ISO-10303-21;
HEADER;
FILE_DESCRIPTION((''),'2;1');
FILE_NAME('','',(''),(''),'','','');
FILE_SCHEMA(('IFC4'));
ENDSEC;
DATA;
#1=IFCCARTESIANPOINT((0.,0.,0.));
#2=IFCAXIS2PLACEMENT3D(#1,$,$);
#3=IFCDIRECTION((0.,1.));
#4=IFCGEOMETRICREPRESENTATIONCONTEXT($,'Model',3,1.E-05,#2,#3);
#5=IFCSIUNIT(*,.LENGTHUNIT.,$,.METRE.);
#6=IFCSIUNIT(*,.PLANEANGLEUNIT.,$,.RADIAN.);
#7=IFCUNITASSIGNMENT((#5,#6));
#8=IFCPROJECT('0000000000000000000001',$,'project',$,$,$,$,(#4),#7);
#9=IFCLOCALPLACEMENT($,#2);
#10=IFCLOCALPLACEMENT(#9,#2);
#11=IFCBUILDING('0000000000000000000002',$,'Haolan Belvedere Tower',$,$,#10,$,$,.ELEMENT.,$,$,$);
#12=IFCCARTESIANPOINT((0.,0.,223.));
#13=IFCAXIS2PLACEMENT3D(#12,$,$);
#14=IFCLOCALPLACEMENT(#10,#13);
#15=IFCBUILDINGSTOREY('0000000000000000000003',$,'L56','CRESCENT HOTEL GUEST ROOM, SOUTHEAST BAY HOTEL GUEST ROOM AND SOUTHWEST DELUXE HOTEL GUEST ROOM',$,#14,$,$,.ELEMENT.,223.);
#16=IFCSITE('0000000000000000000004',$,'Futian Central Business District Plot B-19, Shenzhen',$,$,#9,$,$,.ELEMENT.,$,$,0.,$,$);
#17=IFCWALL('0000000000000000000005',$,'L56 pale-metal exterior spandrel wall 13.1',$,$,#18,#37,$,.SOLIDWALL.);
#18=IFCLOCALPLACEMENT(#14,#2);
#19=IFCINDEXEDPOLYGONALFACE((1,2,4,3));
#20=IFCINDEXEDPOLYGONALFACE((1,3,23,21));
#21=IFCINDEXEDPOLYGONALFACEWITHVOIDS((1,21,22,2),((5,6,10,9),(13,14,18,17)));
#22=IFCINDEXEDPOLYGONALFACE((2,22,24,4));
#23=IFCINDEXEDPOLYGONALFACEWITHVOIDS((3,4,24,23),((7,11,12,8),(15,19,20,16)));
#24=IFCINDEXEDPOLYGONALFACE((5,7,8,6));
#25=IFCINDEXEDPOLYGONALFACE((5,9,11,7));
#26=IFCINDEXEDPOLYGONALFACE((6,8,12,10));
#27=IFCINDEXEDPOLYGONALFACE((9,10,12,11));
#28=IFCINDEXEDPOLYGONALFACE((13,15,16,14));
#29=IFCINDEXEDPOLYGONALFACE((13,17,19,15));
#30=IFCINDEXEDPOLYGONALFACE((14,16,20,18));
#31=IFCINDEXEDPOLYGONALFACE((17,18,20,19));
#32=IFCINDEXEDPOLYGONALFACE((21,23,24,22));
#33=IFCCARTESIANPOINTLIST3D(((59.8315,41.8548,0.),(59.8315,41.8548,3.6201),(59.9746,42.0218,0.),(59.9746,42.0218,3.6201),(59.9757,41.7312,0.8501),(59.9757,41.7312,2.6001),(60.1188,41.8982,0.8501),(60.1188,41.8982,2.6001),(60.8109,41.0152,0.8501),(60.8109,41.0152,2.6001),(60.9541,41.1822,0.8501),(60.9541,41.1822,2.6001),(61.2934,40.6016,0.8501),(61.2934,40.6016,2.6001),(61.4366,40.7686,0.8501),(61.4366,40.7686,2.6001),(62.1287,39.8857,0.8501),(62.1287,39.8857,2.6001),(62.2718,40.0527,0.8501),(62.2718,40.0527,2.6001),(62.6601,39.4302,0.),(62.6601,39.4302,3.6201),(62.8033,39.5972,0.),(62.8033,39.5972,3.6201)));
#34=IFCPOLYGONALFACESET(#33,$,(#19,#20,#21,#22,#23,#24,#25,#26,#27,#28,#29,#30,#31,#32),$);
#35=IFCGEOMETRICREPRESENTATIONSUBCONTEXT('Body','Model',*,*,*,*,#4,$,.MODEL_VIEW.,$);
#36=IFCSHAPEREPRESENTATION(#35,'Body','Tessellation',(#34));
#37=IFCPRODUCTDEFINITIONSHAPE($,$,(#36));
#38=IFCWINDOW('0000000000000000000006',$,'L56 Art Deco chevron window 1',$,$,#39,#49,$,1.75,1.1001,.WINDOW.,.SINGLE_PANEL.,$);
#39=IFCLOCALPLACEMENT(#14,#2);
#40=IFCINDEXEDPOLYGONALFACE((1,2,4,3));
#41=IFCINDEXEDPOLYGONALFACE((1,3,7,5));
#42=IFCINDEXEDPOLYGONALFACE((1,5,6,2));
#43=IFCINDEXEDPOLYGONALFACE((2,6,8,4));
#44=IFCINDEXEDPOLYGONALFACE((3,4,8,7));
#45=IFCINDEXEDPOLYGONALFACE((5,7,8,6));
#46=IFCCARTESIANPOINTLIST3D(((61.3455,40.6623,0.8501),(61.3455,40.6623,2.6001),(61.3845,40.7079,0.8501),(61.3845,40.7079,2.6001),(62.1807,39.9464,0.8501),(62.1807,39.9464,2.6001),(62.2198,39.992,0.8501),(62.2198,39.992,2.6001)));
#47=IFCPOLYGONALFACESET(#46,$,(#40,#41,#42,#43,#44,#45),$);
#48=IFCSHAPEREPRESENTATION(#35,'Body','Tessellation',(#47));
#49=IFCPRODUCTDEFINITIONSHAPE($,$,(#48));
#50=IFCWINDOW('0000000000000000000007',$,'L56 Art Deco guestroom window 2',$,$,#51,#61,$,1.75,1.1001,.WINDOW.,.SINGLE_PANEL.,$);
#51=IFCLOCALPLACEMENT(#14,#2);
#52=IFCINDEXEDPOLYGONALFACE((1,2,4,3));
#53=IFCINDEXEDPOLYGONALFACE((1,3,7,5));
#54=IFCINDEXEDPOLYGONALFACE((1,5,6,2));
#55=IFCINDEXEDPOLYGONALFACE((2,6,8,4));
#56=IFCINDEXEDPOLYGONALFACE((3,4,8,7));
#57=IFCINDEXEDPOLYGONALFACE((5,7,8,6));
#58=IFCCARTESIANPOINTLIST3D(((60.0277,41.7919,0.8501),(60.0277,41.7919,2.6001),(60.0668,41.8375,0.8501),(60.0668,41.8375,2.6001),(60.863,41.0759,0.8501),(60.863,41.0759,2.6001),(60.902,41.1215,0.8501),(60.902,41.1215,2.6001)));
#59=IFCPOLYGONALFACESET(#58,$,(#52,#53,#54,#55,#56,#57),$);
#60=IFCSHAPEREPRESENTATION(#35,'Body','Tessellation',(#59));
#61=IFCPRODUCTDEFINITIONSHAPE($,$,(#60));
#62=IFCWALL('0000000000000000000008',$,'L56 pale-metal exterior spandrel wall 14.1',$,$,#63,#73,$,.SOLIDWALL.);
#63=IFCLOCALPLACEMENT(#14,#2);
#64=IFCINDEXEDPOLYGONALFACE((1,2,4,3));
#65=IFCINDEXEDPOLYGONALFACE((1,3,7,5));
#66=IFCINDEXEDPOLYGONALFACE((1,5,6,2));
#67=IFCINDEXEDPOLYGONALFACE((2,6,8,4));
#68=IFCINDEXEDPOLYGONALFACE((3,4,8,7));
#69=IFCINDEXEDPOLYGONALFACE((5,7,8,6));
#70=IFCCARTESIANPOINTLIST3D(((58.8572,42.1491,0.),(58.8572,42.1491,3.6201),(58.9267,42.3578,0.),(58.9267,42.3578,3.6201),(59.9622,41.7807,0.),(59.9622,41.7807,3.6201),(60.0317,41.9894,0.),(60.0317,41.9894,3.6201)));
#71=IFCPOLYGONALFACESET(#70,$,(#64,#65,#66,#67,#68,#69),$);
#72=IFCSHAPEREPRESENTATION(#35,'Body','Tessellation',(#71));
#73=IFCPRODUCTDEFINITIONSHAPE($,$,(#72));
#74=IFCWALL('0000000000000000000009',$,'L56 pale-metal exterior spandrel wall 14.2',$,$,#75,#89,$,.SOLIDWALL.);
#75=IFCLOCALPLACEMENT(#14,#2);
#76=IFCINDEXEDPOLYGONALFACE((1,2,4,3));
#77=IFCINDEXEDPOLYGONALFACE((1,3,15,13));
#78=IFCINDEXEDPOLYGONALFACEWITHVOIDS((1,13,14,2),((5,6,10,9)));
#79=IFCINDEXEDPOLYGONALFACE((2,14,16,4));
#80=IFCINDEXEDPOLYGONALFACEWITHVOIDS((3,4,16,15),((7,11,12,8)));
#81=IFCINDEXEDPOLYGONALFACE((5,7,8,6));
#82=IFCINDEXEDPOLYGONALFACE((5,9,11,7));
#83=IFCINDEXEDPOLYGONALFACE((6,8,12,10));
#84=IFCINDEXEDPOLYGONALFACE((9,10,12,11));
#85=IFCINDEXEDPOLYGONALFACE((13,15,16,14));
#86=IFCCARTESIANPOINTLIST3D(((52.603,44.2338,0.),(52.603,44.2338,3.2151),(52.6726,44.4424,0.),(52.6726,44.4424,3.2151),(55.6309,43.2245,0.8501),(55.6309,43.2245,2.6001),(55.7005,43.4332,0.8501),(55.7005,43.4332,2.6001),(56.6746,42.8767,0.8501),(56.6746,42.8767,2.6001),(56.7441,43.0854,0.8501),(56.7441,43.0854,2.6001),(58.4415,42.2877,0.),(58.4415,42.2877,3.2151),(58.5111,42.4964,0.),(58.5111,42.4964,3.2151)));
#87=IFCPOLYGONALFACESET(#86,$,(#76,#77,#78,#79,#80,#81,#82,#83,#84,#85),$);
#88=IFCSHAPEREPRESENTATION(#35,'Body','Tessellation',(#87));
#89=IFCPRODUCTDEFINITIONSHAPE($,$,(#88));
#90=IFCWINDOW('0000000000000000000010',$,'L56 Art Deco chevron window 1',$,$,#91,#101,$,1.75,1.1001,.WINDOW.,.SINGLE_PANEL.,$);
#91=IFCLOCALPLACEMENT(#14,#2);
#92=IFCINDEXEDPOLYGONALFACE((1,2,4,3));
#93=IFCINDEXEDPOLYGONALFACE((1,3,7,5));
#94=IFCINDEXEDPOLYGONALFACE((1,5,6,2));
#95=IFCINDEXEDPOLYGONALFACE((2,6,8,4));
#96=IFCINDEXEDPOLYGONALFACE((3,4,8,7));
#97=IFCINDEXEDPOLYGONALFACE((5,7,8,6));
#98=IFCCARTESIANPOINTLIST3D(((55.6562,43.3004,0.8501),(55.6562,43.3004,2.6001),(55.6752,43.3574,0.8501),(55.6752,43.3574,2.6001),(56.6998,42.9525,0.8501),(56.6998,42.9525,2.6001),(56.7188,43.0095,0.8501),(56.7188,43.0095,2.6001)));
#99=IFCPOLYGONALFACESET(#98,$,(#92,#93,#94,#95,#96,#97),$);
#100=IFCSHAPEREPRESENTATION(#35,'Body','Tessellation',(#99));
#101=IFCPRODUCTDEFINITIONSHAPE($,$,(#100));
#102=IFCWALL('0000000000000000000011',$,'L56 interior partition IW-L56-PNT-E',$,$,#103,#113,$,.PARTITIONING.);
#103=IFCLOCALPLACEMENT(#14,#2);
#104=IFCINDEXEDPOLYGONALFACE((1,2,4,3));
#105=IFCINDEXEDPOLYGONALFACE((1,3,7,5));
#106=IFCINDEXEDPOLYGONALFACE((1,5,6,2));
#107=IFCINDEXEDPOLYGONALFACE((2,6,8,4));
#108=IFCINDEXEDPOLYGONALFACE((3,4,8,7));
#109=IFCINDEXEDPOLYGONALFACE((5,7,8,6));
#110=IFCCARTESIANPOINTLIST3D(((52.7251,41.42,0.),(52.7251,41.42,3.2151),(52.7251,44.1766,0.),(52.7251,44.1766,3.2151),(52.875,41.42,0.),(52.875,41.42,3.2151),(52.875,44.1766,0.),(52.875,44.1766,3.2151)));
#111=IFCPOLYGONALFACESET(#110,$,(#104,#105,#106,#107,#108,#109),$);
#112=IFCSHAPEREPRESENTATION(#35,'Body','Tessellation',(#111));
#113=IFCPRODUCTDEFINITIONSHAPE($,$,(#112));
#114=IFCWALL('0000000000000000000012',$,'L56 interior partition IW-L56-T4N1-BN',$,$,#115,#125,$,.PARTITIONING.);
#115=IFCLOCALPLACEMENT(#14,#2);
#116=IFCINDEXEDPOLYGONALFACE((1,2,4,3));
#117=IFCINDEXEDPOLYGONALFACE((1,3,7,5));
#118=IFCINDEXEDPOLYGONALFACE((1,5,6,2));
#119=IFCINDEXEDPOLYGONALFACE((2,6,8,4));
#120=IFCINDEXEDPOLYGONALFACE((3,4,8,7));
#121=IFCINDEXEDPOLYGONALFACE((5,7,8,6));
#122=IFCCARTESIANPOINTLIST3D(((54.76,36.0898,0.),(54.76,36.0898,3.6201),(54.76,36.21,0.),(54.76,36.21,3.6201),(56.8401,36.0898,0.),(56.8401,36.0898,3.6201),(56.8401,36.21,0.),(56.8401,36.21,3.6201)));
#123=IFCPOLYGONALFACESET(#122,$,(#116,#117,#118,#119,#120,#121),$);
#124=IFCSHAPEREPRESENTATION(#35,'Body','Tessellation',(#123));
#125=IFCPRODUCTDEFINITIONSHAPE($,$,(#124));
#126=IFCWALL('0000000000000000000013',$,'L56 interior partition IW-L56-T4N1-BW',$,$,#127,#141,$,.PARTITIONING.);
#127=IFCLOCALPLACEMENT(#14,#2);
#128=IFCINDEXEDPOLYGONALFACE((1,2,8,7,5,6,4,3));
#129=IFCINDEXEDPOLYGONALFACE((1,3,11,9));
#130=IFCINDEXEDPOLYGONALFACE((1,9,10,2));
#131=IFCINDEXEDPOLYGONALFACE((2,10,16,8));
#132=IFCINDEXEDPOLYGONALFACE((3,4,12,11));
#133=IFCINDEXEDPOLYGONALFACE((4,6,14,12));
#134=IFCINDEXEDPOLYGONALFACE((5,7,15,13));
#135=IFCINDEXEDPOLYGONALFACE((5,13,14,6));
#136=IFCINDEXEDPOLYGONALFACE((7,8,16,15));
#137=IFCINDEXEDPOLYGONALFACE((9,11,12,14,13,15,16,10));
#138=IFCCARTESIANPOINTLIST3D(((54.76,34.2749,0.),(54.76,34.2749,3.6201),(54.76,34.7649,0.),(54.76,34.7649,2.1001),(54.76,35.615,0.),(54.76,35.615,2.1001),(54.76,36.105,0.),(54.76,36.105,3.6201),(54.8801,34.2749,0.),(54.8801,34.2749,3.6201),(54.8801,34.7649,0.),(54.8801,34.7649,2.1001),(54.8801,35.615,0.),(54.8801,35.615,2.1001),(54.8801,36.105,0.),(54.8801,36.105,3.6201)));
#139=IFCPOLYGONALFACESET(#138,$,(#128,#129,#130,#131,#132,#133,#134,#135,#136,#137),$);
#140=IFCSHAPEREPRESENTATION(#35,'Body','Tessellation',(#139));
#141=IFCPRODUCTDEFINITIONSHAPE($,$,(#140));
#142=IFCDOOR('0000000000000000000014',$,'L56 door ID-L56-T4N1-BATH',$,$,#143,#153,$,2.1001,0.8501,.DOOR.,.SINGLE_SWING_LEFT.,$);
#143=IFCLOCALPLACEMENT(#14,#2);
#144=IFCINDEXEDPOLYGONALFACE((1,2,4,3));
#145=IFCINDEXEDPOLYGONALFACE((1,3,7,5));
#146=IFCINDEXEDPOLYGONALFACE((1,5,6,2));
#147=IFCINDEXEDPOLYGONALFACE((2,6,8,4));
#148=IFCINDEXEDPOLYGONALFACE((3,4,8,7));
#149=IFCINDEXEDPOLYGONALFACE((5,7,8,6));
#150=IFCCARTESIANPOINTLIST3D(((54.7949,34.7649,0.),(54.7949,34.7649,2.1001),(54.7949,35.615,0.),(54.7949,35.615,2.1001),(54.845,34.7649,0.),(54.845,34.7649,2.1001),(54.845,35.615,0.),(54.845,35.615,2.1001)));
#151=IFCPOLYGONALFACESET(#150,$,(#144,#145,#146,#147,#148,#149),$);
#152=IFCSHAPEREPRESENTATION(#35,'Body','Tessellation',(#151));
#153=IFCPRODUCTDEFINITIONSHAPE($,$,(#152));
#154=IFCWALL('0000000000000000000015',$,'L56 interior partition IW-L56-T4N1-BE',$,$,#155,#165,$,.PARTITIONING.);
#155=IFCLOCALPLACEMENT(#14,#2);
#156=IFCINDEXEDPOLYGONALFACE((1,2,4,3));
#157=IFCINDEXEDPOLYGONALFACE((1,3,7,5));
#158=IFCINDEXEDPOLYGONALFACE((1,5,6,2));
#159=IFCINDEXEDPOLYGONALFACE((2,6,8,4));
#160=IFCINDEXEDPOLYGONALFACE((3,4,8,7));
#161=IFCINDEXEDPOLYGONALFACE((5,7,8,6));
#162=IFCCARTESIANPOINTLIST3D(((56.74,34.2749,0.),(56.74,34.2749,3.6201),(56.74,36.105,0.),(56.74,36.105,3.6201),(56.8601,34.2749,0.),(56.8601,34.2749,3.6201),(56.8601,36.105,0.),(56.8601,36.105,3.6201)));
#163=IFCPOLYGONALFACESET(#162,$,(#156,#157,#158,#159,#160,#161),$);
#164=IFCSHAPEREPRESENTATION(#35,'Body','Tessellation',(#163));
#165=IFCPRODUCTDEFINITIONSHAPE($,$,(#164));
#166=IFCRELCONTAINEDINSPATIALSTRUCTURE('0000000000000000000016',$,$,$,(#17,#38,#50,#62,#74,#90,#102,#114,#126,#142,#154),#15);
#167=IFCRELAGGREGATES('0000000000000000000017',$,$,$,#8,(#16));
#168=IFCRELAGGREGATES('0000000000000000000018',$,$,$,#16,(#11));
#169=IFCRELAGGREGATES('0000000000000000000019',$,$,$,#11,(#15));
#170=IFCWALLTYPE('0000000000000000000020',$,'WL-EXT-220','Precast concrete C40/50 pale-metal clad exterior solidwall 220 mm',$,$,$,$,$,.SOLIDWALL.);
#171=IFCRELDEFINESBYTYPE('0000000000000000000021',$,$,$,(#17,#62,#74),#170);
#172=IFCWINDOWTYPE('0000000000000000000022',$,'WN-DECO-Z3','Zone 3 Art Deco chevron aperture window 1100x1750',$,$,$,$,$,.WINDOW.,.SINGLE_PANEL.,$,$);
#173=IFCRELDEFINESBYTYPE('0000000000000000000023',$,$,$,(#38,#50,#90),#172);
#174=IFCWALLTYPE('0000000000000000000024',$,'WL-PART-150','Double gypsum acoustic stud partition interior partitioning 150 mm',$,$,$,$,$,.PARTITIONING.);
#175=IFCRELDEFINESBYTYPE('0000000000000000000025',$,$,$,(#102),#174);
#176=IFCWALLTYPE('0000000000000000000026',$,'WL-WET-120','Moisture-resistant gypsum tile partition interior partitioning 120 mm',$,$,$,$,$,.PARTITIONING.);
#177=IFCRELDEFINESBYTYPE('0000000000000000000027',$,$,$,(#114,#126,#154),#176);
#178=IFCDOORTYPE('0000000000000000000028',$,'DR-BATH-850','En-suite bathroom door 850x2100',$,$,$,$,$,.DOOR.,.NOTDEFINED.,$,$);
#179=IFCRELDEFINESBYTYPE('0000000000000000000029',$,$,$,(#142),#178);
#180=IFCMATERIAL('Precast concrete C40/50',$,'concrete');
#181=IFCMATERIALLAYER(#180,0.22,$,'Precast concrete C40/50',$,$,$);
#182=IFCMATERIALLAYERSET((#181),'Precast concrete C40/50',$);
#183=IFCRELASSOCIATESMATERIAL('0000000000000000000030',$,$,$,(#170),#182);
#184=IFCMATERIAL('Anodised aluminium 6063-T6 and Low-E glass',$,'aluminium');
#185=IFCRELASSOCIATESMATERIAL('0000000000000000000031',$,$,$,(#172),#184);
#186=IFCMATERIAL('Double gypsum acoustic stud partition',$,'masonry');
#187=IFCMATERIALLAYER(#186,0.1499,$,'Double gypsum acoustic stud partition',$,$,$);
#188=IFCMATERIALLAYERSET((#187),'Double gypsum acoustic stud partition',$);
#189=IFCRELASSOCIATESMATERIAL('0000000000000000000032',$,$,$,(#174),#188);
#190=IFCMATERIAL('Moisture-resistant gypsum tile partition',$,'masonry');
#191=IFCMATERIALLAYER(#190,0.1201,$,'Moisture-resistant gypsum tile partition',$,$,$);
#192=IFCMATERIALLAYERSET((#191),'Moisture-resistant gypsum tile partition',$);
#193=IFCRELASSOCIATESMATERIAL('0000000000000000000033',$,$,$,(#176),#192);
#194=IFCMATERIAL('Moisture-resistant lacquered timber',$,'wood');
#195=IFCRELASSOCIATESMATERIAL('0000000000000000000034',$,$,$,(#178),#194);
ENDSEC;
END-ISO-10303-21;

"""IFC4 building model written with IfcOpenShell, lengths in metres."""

from ifc_helpers import new_model, si_unit, direction, frame, frame_2d, origin, place, context, subcontext, project, spatial, rectangle, extrude, material, layer, layer_set, type_object, element, fill, save


model = new_model("IFC4")

# Units and contexts
model_context = context("Model", 3, precision=1e-05, world=origin(), true_north=direction((0.0, 1.0)))
body_context = subcontext(model_context, "Body", "Model", "MODEL_VIEW")
ifc_project = project(units=[si_unit("LENGTHUNIT", "METRE"), si_unit("PLANEANGLEUNIT", "RADIAN")], contexts=[model_context])

# Site, building, storey
site_placement = place(None, origin())
site = spatial("IfcSite", under=ifc_project, at=site_placement, Name="Futian Central Business District Plot B-19, Shenzhen", CompositionType="ELEMENT", RefElevation=0.0)
building_placement = place(site_placement, origin())
building = spatial("IfcBuilding", under=site, at=building_placement, Name="Haolan Belvedere Tower", CompositionType="ELEMENT")
storey_placement = place(building_placement, frame((0.0, 0.0, 223.0)))
storey = spatial("IfcBuildingStorey", under=building, at=storey_placement, Name="L56", Description="CRESCENT HOTEL GUEST ROOM, SOUTHEAST BAY HOTEL GUEST ROOM AND SOUTHWEST DELUXE HOTEL GUEST ROOM", CompositionType="ELEMENT", Elevation=223.0)

# Shared definitions
ifc_material_1 = material(Name="Precast concrete C40/50", Category="concrete")
ifc_layer_1 = layer(ifc_material_1, 0.22, Name="Precast concrete C40/50")
ifc_layer_set_1 = layer_set([ifc_layer_1], Name="Precast concrete C40/50")
wall_type_1 = type_object("IfcWallType", Name="WL-EXT-220", Description="Precast concrete C40/50 pale-metal clad exterior solidwall 220 mm", PredefinedType="SOLIDWALL", material=ifc_layer_set_1)

# Wall, openings, windows
wall_1_placement = place(storey_placement, frame((62.7317, 39.5137, 0.0), z_axis=(0.0, 0.0, 1.0), x_axis=(-0.759252, 0.650797, 0.0)))
wall_1 = element("IfcWall", 1, at=wall_1_placement, inside=storey, type_object=wall_type_1, Name="L56 pale-metal exterior spandrel wall 13.1", PredefinedType="SOLIDWALL", context=body_context, shape_type="SweptSolid", body=[
    extrude(rectangle(XDim=3.7256, YDim=0.22, at=frame_2d((1.8628, 0.0))), origin(), (0.0, 0.0, 1.0), 3.6201),
])
opening_1_placement = place(wall_1_placement, frame((0.7, 0.0, 0.8501)))
opening_1 = element("IfcOpeningElement", 2, at=opening_1_placement, cuts=wall_1, PredefinedType="OPENING", context=body_context, shape_type="SweptSolid", body=[
    extrude(rectangle(XDim=1.1001, YDim=1.75, at=frame_2d((0.55, 0.875))), frame((0.0, 0.1199, 0.0), z_axis=(0.0, -1.0, 0.0), x_axis=(1.0, 0.0, 0.0)), (0.0, 0.0, 1.0), 0.24),
])
opening_2_placement = place(wall_1_placement, frame((2.4355, 0.0, 0.8501)))
opening_2 = element("IfcOpeningElement", 3, at=opening_2_placement, cuts=wall_1, PredefinedType="OPENING", context=body_context, shape_type="SweptSolid", body=[
    extrude(rectangle(XDim=1.1001, YDim=1.75, at=frame_2d((0.55, 0.875))), frame((0.0, 0.1199, 0.0), z_axis=(0.0, -1.0, 0.0), x_axis=(1.0, 0.0, 0.0)), (0.0, 0.0, 1.0), 0.24),
])
ifc_material_2 = material(Name="Anodised aluminium 6063-T6 and Low-E glass", Category="aluminium")
window_type = type_object("IfcWindowType", Name="WN-DECO-Z3", Description="Zone 3 Art Deco chevron aperture window 1100x1750", PartitioningType="SINGLE_PANEL", PredefinedType="WINDOW", material=ifc_material_2)
window_1_placement = place(opening_1_placement, origin())
window_1 = element("IfcWindow", 4, at=window_1_placement, inside=storey, type_object=window_type, Name="L56 Art Deco chevron window 1", OverallHeight=1.75, OverallWidth=1.1001, PartitioningType="SINGLE_PANEL", PredefinedType="WINDOW", context=body_context, shape_type="SweptSolid", body=[
    extrude(rectangle(XDim=1.1001, YDim=1.75, at=frame_2d((0.55, 0.875))), frame((0.0, 0.03, 0.0), z_axis=(0.0, -1.0, 0.0), x_axis=(1.0, 0.0, 0.0)), (0.0, 0.0, 1.0), 0.0601),
])
fill(opening_1, window_1)
window_2_placement = place(opening_2_placement, origin())
window_2 = element("IfcWindow", 5, at=window_2_placement, inside=storey, type_object=window_type, Name="L56 Art Deco guestroom window 2", OverallHeight=1.75, OverallWidth=1.1001, PartitioningType="SINGLE_PANEL", PredefinedType="WINDOW", context=body_context, shape_type="SweptSolid", body=[
    extrude(rectangle(XDim=1.1001, YDim=1.75, at=frame_2d((0.55, 0.875))), frame((0.0, 0.03, 0.0), z_axis=(0.0, -1.0, 0.0), x_axis=(1.0, 0.0, 0.0)), (0.0, 0.0, 1.0), 0.0601),
])
fill(opening_2, window_2)

# Wall
wall_2_placement = place(storey_placement, frame((59.9971, 41.885, 0.0), z_axis=(0.0, 0.0, 1.0), x_axis=(-0.948662, 0.316291, 0.0)))
element("IfcWall", 6, at=wall_2_placement, inside=storey, type_object=wall_type_1, Name="L56 pale-metal exterior spandrel wall 14.1", PredefinedType="SOLIDWALL", context=body_context, shape_type="SweptSolid", body=[
    extrude(rectangle(XDim=1.1648, YDim=0.22, at=frame_2d((0.5825, 0.0))), origin(), (0.0, 0.0, 1.0), 3.6201),
])

# Wall, opening, window
wall_3_placement = place(storey_placement, frame((58.4763, 42.3921, 0.0), z_axis=(0.0, 0.0, 1.0), x_axis=(-0.948691, 0.316204, 0.0)))
wall_3 = element("IfcWall", 7, at=wall_3_placement, inside=storey, type_object=wall_type_1, Name="L56 pale-metal exterior spandrel wall 14.2", PredefinedType="SOLIDWALL", context=body_context, shape_type="SweptSolid", body=[
    extrude(rectangle(XDim=6.1543, YDim=0.22, at=frame_2d((3.0771, 0.0))), origin(), (0.0, 0.0, 1.0), 3.2151),
])
opening_3_placement = place(wall_3_placement, frame((1.8625, 0.0, 0.8501)))
opening_3 = element("IfcOpeningElement", 8, at=opening_3_placement, cuts=wall_3, PredefinedType="OPENING", context=body_context, shape_type="SweptSolid", body=[
    extrude(rectangle(XDim=1.1001, YDim=1.75, at=frame_2d((0.55, 0.875))), frame((0.0, 0.1199, 0.0), z_axis=(0.0, -1.0, 0.0), x_axis=(1.0, 0.0, 0.0)), (0.0, 0.0, 1.0), 0.24),
])
window_3_placement = place(opening_3_placement, origin())
window_3 = element("IfcWindow", 9, at=window_3_placement, inside=storey, type_object=window_type, Name="L56 Art Deco chevron window 1", OverallHeight=1.75, OverallWidth=1.1001, PartitioningType="SINGLE_PANEL", PredefinedType="WINDOW", context=body_context, shape_type="SweptSolid", body=[
    extrude(rectangle(XDim=1.1001, YDim=1.75, at=frame_2d((0.55, 0.875))), frame((0.0, 0.03, 0.0), z_axis=(0.0, -1.0, 0.0), x_axis=(1.0, 0.0, 0.0)), (0.0, 0.0, 1.0), 0.0601),
])
fill(opening_3, window_3)

# Walls
ifc_material_3 = material(Name="Double gypsum acoustic stud partition", Category="masonry")
ifc_layer_2 = layer(ifc_material_3, 0.1499, Name="Double gypsum acoustic stud partition")
ifc_layer_set_2 = layer_set([ifc_layer_2], Name="Double gypsum acoustic stud partition")
wall_type_2 = type_object("IfcWallType", Name="WL-PART-150", Description="Double gypsum acoustic stud partition interior partitioning 150 mm", PredefinedType="PARTITIONING", material=ifc_layer_set_2)
wall_4_placement = place(storey_placement, frame((52.8, 41.4199, 0.0), z_axis=(0.0, 0.0, 1.0), x_axis=(0.0, 1.0, 0.0)))
element("IfcWall", 10, at=wall_4_placement, inside=storey, type_object=wall_type_2, Name="L56 interior partition IW-L56-PNT-E", PredefinedType="PARTITIONING", context=body_context, shape_type="SweptSolid", body=[
    extrude(rectangle(XDim=2.7566, YDim=0.1499, at=frame_2d((1.3784, 0.0))), origin(), (0.0, 0.0, 1.0), 3.2151),
])
ifc_material_4 = material(Name="Moisture-resistant gypsum tile partition", Category="masonry")
ifc_layer_3 = layer(ifc_material_4, 0.1201, Name="Moisture-resistant gypsum tile partition")
ifc_layer_set_3 = layer_set([ifc_layer_3], Name="Moisture-resistant gypsum tile partition")
wall_type_3 = type_object("IfcWallType", Name="WL-WET-120", Description="Moisture-resistant gypsum tile partition interior partitioning 120 mm", PredefinedType="PARTITIONING", material=ifc_layer_set_3)
wall_5_placement = place(storey_placement, frame((54.76, 36.1499, 0.0), z_axis=(0.0, 0.0, 1.0), x_axis=(1.0, 0.0, 0.0)))
element("IfcWall", 11, at=wall_5_placement, inside=storey, type_object=wall_type_3, Name="L56 interior partition IW-L56-T4N1-BN", PredefinedType="PARTITIONING", context=body_context, shape_type="SweptSolid", body=[
    extrude(rectangle(XDim=2.0801, YDim=0.1201, at=frame_2d((1.04, 0.0))), origin(), (0.0, 0.0, 1.0), 3.6201),
])

# Wall, opening, door
wall_6_placement = place(storey_placement, frame((54.8201, 34.2749, 0.0), z_axis=(0.0, 0.0, 1.0), x_axis=(0.0, 1.0, 0.0)))
wall_6 = element("IfcWall", 12, at=wall_6_placement, inside=storey, type_object=wall_type_3, Name="L56 interior partition IW-L56-T4N1-BW", PredefinedType="PARTITIONING", context=body_context, shape_type="SweptSolid", body=[
    extrude(rectangle(XDim=1.8301, YDim=0.1201, at=frame_2d((0.915, 0.0))), origin(), (0.0, 0.0, 1.0), 3.6201),
])
opening_4_placement = place(wall_6_placement, frame((1.3401, 0.0, 0.0), z_axis=(0.0, 0.0, 1.0), x_axis=(-1.0, 0.0, 0.0)))
opening_4 = element("IfcOpeningElement", 13, at=opening_4_placement, cuts=wall_6, PredefinedType="OPENING", context=body_context, shape_type="SweptSolid", body=[
    extrude(rectangle(XDim=0.8501, YDim=2.1001, at=frame_2d((0.425, 1.05))), frame((0.0, 0.0701, 0.0), z_axis=(0.0, -1.0, 0.0), x_axis=(1.0, 0.0, 0.0)), (0.0, 0.0, 1.0), 0.1401),
])
ifc_material_5 = material(Name="Moisture-resistant lacquered timber", Category="wood")
door_type = type_object("IfcDoorType", Name="DR-BATH-850", Description="En-suite bathroom door 850x2100", OperationType="NOTDEFINED", PredefinedType="DOOR", material=ifc_material_5)
door_1_placement = place(opening_4_placement, origin())
door_1 = element("IfcDoor", 14, at=door_1_placement, inside=storey, type_object=door_type, Name="L56 door ID-L56-T4N1-BATH", OperationType="SINGLE_SWING_LEFT", OverallHeight=2.1001, OverallWidth=0.8501, PredefinedType="DOOR", context=body_context, shape_type="SweptSolid", body=[
    extrude(rectangle(XDim=0.8501, YDim=2.1001, at=frame_2d((0.425, 1.05))), frame((0.0, 0.0249, 0.0), z_axis=(0.0, -1.0, 0.0), x_axis=(1.0, 0.0, 0.0)), (0.0, 0.0, 1.0), 0.05),
])
fill(opening_4, door_1)

# Wall
wall_7_placement = place(storey_placement, frame((56.8, 34.2749, 0.0), z_axis=(0.0, 0.0, 1.0), x_axis=(0.0, 1.0, 0.0)))
element("IfcWall", 15, at=wall_7_placement, inside=storey, type_object=wall_type_3, Name="L56 interior partition IW-L56-T4N1-BE", PredefinedType="PARTITIONING", context=body_context, shape_type="SweptSolid", body=[
    extrude(rectangle(XDim=1.8301, YDim=0.1201, at=frame_2d((0.915, 0.0))), origin(), (0.0, 0.0, 1.0), 3.6201),
])

save(model, "model.ifc")
